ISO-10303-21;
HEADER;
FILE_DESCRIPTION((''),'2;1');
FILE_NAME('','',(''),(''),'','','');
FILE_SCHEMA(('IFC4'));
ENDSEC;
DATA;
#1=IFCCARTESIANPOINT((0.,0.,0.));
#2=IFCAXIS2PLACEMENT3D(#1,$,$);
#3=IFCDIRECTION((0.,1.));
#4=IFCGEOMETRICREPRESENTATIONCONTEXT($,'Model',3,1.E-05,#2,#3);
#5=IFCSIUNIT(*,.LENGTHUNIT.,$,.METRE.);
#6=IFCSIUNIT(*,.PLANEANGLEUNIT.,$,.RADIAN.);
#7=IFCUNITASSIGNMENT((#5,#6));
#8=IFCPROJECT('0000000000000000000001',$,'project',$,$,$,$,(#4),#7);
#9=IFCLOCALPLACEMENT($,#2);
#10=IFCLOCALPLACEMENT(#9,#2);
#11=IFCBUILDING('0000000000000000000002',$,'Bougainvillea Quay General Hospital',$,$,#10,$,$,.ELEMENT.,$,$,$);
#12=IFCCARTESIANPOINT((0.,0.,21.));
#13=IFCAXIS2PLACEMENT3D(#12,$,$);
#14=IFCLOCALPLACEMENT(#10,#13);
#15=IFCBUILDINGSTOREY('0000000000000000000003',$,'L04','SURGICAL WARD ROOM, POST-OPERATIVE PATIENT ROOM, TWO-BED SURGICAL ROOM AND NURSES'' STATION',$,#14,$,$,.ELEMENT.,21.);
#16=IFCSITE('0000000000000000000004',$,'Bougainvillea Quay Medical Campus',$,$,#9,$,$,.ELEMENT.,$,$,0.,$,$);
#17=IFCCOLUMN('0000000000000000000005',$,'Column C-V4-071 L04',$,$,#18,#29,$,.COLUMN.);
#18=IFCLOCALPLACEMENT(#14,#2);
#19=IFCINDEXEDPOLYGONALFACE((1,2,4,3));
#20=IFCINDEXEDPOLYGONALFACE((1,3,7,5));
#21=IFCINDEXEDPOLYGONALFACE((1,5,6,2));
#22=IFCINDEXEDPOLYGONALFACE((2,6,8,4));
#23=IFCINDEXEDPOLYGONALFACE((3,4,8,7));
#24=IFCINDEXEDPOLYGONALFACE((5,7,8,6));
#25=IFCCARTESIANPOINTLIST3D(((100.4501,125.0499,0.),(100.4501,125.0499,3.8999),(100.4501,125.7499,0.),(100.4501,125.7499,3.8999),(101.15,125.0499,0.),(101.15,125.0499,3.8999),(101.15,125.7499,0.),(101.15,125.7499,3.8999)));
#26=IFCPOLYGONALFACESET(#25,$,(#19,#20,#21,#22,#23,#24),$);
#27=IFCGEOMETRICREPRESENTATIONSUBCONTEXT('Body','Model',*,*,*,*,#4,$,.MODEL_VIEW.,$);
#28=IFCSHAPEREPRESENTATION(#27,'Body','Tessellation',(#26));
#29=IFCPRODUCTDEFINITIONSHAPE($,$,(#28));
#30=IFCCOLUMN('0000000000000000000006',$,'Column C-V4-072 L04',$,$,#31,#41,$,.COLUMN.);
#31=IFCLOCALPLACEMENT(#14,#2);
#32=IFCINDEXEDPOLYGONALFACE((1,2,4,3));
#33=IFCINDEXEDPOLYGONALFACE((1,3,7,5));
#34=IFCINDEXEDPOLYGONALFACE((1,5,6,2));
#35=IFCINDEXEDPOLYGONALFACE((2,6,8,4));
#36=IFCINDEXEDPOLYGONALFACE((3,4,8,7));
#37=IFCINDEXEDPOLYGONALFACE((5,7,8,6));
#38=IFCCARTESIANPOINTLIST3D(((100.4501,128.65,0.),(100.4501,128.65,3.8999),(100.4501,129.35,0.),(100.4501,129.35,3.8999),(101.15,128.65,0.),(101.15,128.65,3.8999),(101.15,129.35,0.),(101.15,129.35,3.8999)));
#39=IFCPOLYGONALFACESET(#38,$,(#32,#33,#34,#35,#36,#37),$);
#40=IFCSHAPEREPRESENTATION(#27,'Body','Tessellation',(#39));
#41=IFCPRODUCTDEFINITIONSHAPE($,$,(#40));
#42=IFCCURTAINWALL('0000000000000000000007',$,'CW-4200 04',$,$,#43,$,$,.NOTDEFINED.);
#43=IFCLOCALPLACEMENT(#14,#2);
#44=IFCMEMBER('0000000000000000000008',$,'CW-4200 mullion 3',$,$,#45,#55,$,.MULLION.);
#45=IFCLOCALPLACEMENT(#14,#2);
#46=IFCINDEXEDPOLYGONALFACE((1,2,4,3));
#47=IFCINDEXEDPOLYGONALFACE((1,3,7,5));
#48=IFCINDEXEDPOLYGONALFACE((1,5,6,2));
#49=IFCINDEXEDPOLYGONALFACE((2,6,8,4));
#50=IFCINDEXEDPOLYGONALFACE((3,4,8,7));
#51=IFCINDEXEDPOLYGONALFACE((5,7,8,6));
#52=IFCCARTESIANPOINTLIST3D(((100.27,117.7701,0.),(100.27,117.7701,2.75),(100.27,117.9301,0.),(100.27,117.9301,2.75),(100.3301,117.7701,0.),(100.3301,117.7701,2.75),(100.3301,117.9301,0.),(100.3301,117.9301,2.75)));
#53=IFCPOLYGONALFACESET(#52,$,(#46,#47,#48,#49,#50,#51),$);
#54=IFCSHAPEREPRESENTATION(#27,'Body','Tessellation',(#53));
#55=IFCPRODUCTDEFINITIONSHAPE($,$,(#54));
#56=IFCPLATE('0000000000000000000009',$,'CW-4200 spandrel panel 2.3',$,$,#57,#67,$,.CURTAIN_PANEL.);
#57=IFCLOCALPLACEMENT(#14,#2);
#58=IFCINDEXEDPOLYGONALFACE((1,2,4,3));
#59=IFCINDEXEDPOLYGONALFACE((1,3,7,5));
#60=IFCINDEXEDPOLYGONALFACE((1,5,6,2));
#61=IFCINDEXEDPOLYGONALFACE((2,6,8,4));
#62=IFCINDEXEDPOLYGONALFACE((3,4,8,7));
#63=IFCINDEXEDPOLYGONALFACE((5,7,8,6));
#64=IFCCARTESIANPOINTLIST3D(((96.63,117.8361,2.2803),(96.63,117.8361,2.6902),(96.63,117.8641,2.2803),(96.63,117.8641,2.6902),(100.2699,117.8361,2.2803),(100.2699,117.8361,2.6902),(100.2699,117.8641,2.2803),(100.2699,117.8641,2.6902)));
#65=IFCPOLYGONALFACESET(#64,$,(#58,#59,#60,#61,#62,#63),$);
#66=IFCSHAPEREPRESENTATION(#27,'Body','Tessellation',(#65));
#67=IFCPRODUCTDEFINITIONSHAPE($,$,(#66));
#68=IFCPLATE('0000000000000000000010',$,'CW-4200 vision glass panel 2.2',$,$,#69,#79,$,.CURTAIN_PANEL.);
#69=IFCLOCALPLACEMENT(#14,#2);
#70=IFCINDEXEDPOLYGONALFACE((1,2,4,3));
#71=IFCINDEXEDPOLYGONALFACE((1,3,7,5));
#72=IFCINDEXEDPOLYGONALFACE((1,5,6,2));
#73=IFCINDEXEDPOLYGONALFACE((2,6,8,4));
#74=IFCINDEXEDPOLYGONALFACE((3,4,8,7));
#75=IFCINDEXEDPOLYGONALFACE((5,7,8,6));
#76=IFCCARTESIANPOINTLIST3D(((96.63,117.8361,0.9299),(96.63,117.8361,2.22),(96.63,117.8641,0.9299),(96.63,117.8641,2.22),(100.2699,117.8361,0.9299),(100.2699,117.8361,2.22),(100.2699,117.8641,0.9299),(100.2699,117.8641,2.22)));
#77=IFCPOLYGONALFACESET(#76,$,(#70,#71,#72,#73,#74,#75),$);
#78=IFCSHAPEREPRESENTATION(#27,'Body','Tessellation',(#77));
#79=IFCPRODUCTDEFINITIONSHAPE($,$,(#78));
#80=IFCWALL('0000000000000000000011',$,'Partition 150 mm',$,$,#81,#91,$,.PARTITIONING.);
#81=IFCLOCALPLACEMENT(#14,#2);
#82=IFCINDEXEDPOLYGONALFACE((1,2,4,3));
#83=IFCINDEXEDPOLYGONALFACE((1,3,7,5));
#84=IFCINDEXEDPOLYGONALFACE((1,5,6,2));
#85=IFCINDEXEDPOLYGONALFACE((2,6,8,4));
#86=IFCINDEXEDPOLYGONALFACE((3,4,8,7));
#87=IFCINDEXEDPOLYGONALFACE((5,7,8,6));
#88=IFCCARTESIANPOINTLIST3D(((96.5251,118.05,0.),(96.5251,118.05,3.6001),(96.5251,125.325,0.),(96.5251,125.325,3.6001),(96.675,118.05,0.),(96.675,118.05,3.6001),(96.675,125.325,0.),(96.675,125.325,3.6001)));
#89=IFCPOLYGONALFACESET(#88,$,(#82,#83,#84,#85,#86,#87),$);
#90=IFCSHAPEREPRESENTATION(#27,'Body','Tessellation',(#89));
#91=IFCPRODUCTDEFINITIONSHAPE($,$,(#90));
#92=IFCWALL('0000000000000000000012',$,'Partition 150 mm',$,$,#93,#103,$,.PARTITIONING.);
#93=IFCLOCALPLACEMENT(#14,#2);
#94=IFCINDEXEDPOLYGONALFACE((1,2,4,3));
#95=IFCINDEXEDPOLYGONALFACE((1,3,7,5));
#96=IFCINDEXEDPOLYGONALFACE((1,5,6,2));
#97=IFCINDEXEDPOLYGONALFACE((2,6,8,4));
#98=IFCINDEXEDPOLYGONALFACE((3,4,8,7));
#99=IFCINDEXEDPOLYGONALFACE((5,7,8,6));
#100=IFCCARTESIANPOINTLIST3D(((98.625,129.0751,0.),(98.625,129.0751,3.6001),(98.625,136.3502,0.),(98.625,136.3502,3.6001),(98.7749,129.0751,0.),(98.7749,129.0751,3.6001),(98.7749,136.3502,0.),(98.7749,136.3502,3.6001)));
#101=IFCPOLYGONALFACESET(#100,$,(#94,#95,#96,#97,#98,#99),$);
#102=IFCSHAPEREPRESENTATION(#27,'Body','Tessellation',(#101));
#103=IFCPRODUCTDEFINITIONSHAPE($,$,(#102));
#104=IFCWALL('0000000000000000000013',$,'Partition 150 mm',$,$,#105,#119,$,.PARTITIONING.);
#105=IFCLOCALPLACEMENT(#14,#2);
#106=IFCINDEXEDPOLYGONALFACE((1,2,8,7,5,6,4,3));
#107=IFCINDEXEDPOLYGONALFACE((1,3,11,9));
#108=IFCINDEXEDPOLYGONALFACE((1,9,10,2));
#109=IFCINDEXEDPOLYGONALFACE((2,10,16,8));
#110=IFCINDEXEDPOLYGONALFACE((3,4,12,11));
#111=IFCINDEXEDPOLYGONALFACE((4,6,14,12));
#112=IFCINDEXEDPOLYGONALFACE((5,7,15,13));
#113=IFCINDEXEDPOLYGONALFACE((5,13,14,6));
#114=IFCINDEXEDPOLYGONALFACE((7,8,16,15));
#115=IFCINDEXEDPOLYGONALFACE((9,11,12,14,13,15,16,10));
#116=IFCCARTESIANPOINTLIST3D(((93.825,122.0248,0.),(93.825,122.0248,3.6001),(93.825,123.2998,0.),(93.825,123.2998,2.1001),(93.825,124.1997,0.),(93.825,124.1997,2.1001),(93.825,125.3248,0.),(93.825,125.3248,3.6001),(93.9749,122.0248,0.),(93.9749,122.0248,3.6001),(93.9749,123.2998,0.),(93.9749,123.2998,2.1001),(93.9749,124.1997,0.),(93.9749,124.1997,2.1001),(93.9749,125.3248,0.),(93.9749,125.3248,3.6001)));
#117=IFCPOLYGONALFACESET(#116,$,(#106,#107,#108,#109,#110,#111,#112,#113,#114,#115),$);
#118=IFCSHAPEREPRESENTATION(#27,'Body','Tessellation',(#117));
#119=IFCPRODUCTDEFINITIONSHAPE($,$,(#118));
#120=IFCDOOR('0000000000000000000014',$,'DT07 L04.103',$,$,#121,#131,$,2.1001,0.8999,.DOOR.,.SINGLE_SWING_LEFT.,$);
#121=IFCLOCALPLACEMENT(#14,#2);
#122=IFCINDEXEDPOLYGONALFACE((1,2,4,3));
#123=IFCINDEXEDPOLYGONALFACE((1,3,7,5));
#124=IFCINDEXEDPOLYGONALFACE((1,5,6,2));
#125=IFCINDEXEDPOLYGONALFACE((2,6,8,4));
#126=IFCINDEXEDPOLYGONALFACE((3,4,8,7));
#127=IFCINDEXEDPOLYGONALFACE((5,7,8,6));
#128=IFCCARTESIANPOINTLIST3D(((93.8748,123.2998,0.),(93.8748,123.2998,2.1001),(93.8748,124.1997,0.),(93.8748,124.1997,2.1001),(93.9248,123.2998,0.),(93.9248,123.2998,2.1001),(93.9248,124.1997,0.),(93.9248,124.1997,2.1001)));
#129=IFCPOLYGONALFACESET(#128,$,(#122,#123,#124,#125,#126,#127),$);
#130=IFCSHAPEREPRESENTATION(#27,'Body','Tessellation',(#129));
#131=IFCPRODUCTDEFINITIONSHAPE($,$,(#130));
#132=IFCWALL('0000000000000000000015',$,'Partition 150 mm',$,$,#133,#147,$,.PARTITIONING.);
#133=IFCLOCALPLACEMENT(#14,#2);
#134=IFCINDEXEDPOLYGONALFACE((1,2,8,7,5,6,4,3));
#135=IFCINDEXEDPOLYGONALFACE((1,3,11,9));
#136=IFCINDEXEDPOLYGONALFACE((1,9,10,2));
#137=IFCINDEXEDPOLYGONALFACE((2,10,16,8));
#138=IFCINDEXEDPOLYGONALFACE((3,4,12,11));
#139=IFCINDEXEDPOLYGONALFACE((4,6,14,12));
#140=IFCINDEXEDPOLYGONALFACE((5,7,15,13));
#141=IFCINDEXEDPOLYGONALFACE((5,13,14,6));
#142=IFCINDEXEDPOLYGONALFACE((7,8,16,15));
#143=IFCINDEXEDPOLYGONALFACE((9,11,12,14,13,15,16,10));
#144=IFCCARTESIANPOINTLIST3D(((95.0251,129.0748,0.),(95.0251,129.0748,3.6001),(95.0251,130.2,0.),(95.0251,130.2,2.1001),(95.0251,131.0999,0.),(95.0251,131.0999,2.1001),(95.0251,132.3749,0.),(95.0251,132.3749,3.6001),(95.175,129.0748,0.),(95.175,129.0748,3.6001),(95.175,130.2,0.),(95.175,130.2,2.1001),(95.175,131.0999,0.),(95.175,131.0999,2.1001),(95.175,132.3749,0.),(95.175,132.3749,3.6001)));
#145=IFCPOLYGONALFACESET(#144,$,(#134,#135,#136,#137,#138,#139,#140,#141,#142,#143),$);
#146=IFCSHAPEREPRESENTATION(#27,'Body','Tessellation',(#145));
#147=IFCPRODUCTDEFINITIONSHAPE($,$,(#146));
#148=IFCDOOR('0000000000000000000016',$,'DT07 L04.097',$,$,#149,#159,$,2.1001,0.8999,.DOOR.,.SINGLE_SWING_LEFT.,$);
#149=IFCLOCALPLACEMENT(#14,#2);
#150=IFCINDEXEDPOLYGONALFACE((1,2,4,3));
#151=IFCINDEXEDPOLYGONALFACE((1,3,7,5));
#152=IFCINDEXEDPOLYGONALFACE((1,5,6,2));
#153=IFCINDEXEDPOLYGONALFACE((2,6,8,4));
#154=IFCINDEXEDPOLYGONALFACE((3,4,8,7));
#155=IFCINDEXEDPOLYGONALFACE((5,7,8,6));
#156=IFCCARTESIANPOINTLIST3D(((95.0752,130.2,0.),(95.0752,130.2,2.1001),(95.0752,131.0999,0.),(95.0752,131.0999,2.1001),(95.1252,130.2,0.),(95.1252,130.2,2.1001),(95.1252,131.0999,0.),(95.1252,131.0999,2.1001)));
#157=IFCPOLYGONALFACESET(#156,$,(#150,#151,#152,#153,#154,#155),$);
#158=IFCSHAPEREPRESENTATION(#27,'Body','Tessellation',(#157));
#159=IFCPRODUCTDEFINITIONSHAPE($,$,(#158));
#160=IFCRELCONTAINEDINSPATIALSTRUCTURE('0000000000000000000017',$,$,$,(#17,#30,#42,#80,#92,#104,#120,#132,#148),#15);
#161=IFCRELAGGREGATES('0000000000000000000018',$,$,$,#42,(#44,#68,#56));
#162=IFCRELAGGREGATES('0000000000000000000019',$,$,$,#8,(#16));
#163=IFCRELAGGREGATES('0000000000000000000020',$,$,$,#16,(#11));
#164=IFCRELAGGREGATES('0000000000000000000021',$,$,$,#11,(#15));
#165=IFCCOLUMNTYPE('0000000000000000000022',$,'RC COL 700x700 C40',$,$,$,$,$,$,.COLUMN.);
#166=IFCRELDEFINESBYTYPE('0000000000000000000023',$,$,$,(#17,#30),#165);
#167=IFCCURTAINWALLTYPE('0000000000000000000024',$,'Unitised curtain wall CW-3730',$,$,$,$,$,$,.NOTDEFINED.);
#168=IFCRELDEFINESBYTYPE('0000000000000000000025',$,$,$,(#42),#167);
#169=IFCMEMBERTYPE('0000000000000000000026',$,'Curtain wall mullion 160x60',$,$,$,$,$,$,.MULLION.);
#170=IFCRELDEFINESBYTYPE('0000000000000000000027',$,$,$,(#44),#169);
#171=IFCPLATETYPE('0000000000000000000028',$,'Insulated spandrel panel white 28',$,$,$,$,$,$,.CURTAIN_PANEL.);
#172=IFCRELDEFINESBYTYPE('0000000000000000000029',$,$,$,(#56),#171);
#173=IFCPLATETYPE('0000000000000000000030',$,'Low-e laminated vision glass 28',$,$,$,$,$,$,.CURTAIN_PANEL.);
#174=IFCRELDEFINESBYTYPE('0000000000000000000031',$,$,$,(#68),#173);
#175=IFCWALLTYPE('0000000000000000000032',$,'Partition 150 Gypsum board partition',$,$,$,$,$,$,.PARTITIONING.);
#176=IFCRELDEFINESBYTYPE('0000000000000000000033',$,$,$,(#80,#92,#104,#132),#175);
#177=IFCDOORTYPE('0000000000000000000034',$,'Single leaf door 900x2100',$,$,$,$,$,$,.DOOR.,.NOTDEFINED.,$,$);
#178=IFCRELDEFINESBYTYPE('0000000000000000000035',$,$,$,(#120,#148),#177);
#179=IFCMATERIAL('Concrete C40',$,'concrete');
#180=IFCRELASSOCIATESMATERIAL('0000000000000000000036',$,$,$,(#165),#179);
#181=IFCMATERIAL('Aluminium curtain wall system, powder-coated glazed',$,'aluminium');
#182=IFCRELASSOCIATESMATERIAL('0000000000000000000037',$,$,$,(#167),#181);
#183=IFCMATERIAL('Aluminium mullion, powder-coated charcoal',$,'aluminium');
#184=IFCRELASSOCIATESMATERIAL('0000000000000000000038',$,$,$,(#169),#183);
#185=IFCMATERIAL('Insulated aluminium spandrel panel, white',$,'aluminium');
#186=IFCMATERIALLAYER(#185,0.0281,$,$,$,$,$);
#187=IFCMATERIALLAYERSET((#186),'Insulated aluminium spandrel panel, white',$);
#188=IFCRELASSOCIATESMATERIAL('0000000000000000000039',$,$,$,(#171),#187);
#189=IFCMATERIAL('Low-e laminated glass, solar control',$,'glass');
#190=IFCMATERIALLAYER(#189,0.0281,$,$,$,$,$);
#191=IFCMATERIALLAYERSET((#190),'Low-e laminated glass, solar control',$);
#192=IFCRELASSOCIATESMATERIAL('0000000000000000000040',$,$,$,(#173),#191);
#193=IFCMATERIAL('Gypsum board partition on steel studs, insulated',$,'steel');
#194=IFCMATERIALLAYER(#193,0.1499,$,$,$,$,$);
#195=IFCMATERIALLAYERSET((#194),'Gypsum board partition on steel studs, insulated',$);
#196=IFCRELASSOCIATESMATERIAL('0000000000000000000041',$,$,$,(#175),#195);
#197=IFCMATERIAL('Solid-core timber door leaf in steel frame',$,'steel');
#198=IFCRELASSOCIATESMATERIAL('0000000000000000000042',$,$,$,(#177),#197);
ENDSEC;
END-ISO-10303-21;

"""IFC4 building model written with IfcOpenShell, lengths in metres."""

from ifc_helpers import new_model, si_unit, direction, frame, frame_2d, origin, origin_2d, place, context, subcontext, project, spatial, rectangle, extrude, material, layer, layer_set, material_profile, profile_set, type_object, element, fill, aggregate, save


model = new_model("IFC4")

# Units and contexts
model_context = context("Model", 3, precision=1e-05, world=origin(), true_north=direction((0.0, 1.0)))
body_context = subcontext(model_context, "Body", "Model", "MODEL_VIEW")
ifc_project = project(units=[si_unit("LENGTHUNIT", "METRE"), si_unit("PLANEANGLEUNIT", "RADIAN")], contexts=[model_context])

# Site, building, storey
site_placement = place(None, origin())
site = spatial("IfcSite", under=ifc_project, at=site_placement, Name="Bougainvillea Quay Medical Campus", CompositionType="ELEMENT", RefElevation=0.0)
building_placement = place(site_placement, origin())
building = spatial("IfcBuilding", under=site, at=building_placement, Name="Bougainvillea Quay General Hospital", CompositionType="ELEMENT")
storey_placement = place(building_placement, frame((0.0, 0.0, 21.0)))
storey = spatial("IfcBuildingStorey", under=building, at=storey_placement, Name="L04", Description="SURGICAL WARD ROOM, POST-OPERATIVE PATIENT ROOM, TWO-BED SURGICAL ROOM AND NURSES' STATION", CompositionType="ELEMENT", Elevation=21.0)

# Columns
ifc_material_1 = material(Name="Concrete C40", Category="concrete")
ifc_material_profile_1 = material_profile(ifc_material_1, rectangle(XDim=0.7, YDim=0.7, at=origin_2d()))
ifc_profile_set_1 = profile_set([ifc_material_profile_1], Name="Concrete C40")
column_type = type_object("IfcColumnType", Name="RC COL 700x700 C40", PredefinedType="COLUMN", material=ifc_profile_set_1)
for number, where, z_axis, x_axis, name in (
    (1, (100.8, 125.3999, 0.0), (0.0, 0.0, 1.0), (1.0, 0.0, 0.0), "Column C-V4-071 L04"),
    (2, (100.8, 129.0, 0.0), (0.0, 0.0, 1.0), (1.0, 0.0, 0.0), "Column C-V4-072 L04"),
):
    element("IfcColumn", number, at=place(storey_placement, frame(where, z_axis=z_axis, x_axis=x_axis)), inside=storey, type_object=column_type, Name=name, PredefinedType="COLUMN", context=body_context, shape_type="SweptSolid", body=[
        extrude(rectangle(XDim=0.7, YDim=0.7, at=origin_2d()), origin(), (0.0, 0.0, 1.0), 3.8999),
    ])

# Curtain wall, member, plates
ifc_material_2 = material(Name="Aluminium curtain wall system, powder-coated glazed", Category="aluminium")
curtain_wall_type = type_object("IfcCurtainWallType", Name="Unitised curtain wall CW-3730", PredefinedType="NOTDEFINED", material=ifc_material_2)
curtain_wall_placement = place(storey_placement, origin())
curtain_wall = element("IfcCurtainWall", 3, at=curtain_wall_placement, inside=storey, type_object=curtain_wall_type, Name="CW-4200 04", PredefinedType="NOTDEFINED")
ifc_material_3 = material(Name="Aluminium mullion, powder-coated charcoal", Category="aluminium")
ifc_material_profile_2 = material_profile(ifc_material_3, rectangle(XDim=0.1599, YDim=0.0601, at=origin_2d()))
ifc_profile_set_2 = profile_set([ifc_material_profile_2], Name="Aluminium mullion, powder-coated charcoal")
member_type = type_object("IfcMemberType", Name="Curtain wall mullion 160x60", PredefinedType="MULLION", material=ifc_profile_set_2)
member_placement = place(storey_placement, frame((100.3, 117.8501, 0.0), z_axis=(0.0, 0.0, 1.0), x_axis=(0.0, 1.0, 0.0)))
member = element("IfcMember", 4, at=member_placement, type_object=member_type, Name="CW-4200 mullion 3", PredefinedType="MULLION", context=body_context, shape_type="SweptSolid", body=[
    extrude(rectangle(XDim=0.1599, YDim=0.0601, at=origin_2d()), origin(), (0.0, 0.0, 1.0), 2.75),
])
ifc_material_4 = material(Name="Insulated aluminium spandrel panel, white", Category="aluminium")
ifc_layer_1 = layer(ifc_material_4, 0.0281)
ifc_layer_set_1 = layer_set([ifc_layer_1], Name="Insulated aluminium spandrel panel, white")
plate_type_1 = type_object("IfcPlateType", Name="Insulated spandrel panel white 28", PredefinedType="CURTAIN_PANEL", material=ifc_layer_set_1)
plate_1_placement = place(storey_placement, frame((98.45, 117.8501, 2.2803), z_axis=(0.0, 0.0, 1.0), x_axis=(1.0, 0.0, 0.0)))
plate_1 = element("IfcPlate", 5, at=plate_1_placement, type_object=plate_type_1, Name="CW-4200 spandrel panel 2.3", PredefinedType="CURTAIN_PANEL", context=body_context, shape_type="SweptSolid", body=[
    extrude(rectangle(XDim=3.6399, YDim=0.0281, at=origin_2d()), origin(), (0.0, 0.0, 1.0), 0.4099),
])
ifc_material_5 = material(Name="Low-e laminated glass, solar control", Category="glass")
ifc_layer_2 = layer(ifc_material_5, 0.0281)
ifc_layer_set_2 = layer_set([ifc_layer_2], Name="Low-e laminated glass, solar control")
plate_type_2 = type_object("IfcPlateType", Name="Low-e laminated vision glass 28", PredefinedType="CURTAIN_PANEL", material=ifc_layer_set_2)
plate_2_placement = place(storey_placement, frame((98.45, 117.8501, 0.9299), z_axis=(0.0, 0.0, 1.0), x_axis=(1.0, 0.0, 0.0)))
plate_2 = element("IfcPlate", 6, at=plate_2_placement, type_object=plate_type_2, Name="CW-4200 vision glass panel 2.2", PredefinedType="CURTAIN_PANEL", context=body_context, shape_type="SweptSolid", body=[
    extrude(rectangle(XDim=3.6399, YDim=0.0281, at=origin_2d()), origin(), (0.0, 0.0, 1.0), 1.29),
])
aggregate(curtain_wall, [member, plate_2, plate_1])

# Walls
ifc_material_6 = material(Name="Gypsum board partition on steel studs, insulated", Category="steel")
ifc_layer_3 = layer(ifc_material_6, 0.1499)
ifc_layer_set_3 = layer_set([ifc_layer_3], Name="Gypsum board partition on steel studs, insulated")
wall_type_1 = type_object("IfcWallType", Name="Partition 150 Gypsum board partition", PredefinedType="PARTITIONING", material=ifc_layer_set_3)
wall_1_placement = place(storey_placement, frame((96.6001, 118.05, 0.0), z_axis=(0.0, 0.0, 1.0), x_axis=(0.0, 1.0, 0.0)))
element("IfcWall", 7, at=wall_1_placement, inside=storey, type_object=wall_type_1, Name="Partition 150 mm", PredefinedType="PARTITIONING", context=body_context, shape_type="SweptSolid", body=[
    extrude(rectangle(XDim=7.2749, YDim=0.1499, at=frame_2d((3.6375, 0.0))), origin(), (0.0, 0.0, 1.0), 3.6001),
])
wall_2_placement = place(storey_placement, frame((98.7, 129.075, 0.0), z_axis=(0.0, 0.0, 1.0), x_axis=(0.0, 1.0, 0.0)))
element("IfcWall", 8, at=wall_2_placement, inside=storey, type_object=wall_type_1, Name="Partition 150 mm", PredefinedType="PARTITIONING", context=body_context, shape_type="SweptSolid", body=[
    extrude(rectangle(XDim=7.2751, YDim=0.1499, at=frame_2d((3.6377, 0.0))), origin(), (0.0, 0.0, 1.0), 3.6001),
])

# Walls, openings, doors
wall_3_placement = place(storey_placement, frame((93.8999, 122.0249, 0.0), z_axis=(0.0, 0.0, 1.0), x_axis=(0.0, 1.0, 0.0)))
wall_3 = element("IfcWall", 9, at=wall_3_placement, inside=storey, type_object=wall_type_1, Name="Partition 150 mm", PredefinedType="PARTITIONING", context=body_context, shape_type="SweptSolid", body=[
    extrude(rectangle(XDim=3.3, YDim=0.1499, at=frame_2d((1.6499, 0.0))), origin(), (0.0, 0.0, 1.0), 3.6001),
])
opening_1_placement = place(wall_3_placement, frame((1.2749, 0.0, 0.0)))
opening_1 = element("IfcOpeningElement", 10, at=opening_1_placement, cuts=wall_3, PredefinedType="OPENING", context=body_context, shape_type="SweptSolid", body=[
    extrude(rectangle(XDim=0.8999, YDim=2.1001, at=frame_2d((0.45, 1.05))), frame((0.0, 0.085, 0.0), z_axis=(0.0, -1.0, 0.0), x_axis=(1.0, 0.0, 0.0)), (0.0, 0.0, 1.0), 0.1699),
])
ifc_material_7 = material(Name="Solid-core timber door leaf in steel frame", Category="steel")
door_type_1 = type_object("IfcDoorType", Name="Single leaf door 900x2100", OperationType="NOTDEFINED", PredefinedType="DOOR", material=ifc_material_7)
door_1_placement = place(opening_1_placement, frame((0.8999, 0.0, 0.0), z_axis=(0.0, 0.0, 1.0), x_axis=(-1.0, 0.0, 0.0)))
door_1 = element("IfcDoor", 11, at=door_1_placement, inside=storey, type_object=door_type_1, Name="DT07 L04.103", OperationType="SINGLE_SWING_LEFT", OverallHeight=2.1001, OverallWidth=0.8999, PredefinedType="DOOR", context=body_context, shape_type="SweptSolid", body=[
    extrude(rectangle(XDim=0.8999, YDim=2.1001, at=frame_2d((0.45, 1.05))), frame((0.0, 0.0249, 0.0), z_axis=(0.0, -1.0, 0.0), x_axis=(1.0, 0.0, 0.0)), (0.0, 0.0, 1.0), 0.05),
])
fill(opening_1, door_1)
wall_4_placement = place(storey_placement, frame((95.1001, 129.075, 0.0), z_axis=(0.0, 0.0, 1.0), x_axis=(0.0, 1.0, 0.0)))
wall_4 = element("IfcWall", 12, at=wall_4_placement, inside=storey, type_object=wall_type_1, Name="Partition 150 mm", PredefinedType="PARTITIONING", context=body_context, shape_type="SweptSolid", body=[
    extrude(rectangle(XDim=3.3, YDim=0.1499, at=frame_2d((1.6499, 0.0))), origin(), (0.0, 0.0, 1.0), 3.6001),
])
opening_2_placement = place(wall_4_placement, frame((1.125, 0.0, 0.0)))
opening_2 = element("IfcOpeningElement", 13, at=opening_2_placement, cuts=wall_4, PredefinedType="OPENING", context=body_context, shape_type="SweptSolid", body=[
    extrude(rectangle(XDim=0.8999, YDim=2.1001, at=frame_2d((0.45, 1.05))), frame((0.0, 0.085, 0.0), z_axis=(0.0, -1.0, 0.0), x_axis=(1.0, 0.0, 0.0)), (0.0, 0.0, 1.0), 0.1699),
])
door_2_placement = place(opening_2_placement, origin())
door_2 = element("IfcDoor", 14, at=door_2_placement, inside=storey, type_object=door_type_1, Name="DT07 L04.097", OperationType="SINGLE_SWING_LEFT", OverallHeight=2.1001, OverallWidth=0.8999, PredefinedType="DOOR", context=body_context, shape_type="SweptSolid", body=[
    extrude(rectangle(XDim=0.8999, YDim=2.1001, at=frame_2d((0.45, 1.05))), frame((0.0, 0.0249, 0.0), z_axis=(0.0, -1.0, 0.0), x_axis=(1.0, 0.0, 0.0)), (0.0, 0.0, 1.0), 0.05),
])
fill(opening_2, door_2)

save(model, "model.ifc")
